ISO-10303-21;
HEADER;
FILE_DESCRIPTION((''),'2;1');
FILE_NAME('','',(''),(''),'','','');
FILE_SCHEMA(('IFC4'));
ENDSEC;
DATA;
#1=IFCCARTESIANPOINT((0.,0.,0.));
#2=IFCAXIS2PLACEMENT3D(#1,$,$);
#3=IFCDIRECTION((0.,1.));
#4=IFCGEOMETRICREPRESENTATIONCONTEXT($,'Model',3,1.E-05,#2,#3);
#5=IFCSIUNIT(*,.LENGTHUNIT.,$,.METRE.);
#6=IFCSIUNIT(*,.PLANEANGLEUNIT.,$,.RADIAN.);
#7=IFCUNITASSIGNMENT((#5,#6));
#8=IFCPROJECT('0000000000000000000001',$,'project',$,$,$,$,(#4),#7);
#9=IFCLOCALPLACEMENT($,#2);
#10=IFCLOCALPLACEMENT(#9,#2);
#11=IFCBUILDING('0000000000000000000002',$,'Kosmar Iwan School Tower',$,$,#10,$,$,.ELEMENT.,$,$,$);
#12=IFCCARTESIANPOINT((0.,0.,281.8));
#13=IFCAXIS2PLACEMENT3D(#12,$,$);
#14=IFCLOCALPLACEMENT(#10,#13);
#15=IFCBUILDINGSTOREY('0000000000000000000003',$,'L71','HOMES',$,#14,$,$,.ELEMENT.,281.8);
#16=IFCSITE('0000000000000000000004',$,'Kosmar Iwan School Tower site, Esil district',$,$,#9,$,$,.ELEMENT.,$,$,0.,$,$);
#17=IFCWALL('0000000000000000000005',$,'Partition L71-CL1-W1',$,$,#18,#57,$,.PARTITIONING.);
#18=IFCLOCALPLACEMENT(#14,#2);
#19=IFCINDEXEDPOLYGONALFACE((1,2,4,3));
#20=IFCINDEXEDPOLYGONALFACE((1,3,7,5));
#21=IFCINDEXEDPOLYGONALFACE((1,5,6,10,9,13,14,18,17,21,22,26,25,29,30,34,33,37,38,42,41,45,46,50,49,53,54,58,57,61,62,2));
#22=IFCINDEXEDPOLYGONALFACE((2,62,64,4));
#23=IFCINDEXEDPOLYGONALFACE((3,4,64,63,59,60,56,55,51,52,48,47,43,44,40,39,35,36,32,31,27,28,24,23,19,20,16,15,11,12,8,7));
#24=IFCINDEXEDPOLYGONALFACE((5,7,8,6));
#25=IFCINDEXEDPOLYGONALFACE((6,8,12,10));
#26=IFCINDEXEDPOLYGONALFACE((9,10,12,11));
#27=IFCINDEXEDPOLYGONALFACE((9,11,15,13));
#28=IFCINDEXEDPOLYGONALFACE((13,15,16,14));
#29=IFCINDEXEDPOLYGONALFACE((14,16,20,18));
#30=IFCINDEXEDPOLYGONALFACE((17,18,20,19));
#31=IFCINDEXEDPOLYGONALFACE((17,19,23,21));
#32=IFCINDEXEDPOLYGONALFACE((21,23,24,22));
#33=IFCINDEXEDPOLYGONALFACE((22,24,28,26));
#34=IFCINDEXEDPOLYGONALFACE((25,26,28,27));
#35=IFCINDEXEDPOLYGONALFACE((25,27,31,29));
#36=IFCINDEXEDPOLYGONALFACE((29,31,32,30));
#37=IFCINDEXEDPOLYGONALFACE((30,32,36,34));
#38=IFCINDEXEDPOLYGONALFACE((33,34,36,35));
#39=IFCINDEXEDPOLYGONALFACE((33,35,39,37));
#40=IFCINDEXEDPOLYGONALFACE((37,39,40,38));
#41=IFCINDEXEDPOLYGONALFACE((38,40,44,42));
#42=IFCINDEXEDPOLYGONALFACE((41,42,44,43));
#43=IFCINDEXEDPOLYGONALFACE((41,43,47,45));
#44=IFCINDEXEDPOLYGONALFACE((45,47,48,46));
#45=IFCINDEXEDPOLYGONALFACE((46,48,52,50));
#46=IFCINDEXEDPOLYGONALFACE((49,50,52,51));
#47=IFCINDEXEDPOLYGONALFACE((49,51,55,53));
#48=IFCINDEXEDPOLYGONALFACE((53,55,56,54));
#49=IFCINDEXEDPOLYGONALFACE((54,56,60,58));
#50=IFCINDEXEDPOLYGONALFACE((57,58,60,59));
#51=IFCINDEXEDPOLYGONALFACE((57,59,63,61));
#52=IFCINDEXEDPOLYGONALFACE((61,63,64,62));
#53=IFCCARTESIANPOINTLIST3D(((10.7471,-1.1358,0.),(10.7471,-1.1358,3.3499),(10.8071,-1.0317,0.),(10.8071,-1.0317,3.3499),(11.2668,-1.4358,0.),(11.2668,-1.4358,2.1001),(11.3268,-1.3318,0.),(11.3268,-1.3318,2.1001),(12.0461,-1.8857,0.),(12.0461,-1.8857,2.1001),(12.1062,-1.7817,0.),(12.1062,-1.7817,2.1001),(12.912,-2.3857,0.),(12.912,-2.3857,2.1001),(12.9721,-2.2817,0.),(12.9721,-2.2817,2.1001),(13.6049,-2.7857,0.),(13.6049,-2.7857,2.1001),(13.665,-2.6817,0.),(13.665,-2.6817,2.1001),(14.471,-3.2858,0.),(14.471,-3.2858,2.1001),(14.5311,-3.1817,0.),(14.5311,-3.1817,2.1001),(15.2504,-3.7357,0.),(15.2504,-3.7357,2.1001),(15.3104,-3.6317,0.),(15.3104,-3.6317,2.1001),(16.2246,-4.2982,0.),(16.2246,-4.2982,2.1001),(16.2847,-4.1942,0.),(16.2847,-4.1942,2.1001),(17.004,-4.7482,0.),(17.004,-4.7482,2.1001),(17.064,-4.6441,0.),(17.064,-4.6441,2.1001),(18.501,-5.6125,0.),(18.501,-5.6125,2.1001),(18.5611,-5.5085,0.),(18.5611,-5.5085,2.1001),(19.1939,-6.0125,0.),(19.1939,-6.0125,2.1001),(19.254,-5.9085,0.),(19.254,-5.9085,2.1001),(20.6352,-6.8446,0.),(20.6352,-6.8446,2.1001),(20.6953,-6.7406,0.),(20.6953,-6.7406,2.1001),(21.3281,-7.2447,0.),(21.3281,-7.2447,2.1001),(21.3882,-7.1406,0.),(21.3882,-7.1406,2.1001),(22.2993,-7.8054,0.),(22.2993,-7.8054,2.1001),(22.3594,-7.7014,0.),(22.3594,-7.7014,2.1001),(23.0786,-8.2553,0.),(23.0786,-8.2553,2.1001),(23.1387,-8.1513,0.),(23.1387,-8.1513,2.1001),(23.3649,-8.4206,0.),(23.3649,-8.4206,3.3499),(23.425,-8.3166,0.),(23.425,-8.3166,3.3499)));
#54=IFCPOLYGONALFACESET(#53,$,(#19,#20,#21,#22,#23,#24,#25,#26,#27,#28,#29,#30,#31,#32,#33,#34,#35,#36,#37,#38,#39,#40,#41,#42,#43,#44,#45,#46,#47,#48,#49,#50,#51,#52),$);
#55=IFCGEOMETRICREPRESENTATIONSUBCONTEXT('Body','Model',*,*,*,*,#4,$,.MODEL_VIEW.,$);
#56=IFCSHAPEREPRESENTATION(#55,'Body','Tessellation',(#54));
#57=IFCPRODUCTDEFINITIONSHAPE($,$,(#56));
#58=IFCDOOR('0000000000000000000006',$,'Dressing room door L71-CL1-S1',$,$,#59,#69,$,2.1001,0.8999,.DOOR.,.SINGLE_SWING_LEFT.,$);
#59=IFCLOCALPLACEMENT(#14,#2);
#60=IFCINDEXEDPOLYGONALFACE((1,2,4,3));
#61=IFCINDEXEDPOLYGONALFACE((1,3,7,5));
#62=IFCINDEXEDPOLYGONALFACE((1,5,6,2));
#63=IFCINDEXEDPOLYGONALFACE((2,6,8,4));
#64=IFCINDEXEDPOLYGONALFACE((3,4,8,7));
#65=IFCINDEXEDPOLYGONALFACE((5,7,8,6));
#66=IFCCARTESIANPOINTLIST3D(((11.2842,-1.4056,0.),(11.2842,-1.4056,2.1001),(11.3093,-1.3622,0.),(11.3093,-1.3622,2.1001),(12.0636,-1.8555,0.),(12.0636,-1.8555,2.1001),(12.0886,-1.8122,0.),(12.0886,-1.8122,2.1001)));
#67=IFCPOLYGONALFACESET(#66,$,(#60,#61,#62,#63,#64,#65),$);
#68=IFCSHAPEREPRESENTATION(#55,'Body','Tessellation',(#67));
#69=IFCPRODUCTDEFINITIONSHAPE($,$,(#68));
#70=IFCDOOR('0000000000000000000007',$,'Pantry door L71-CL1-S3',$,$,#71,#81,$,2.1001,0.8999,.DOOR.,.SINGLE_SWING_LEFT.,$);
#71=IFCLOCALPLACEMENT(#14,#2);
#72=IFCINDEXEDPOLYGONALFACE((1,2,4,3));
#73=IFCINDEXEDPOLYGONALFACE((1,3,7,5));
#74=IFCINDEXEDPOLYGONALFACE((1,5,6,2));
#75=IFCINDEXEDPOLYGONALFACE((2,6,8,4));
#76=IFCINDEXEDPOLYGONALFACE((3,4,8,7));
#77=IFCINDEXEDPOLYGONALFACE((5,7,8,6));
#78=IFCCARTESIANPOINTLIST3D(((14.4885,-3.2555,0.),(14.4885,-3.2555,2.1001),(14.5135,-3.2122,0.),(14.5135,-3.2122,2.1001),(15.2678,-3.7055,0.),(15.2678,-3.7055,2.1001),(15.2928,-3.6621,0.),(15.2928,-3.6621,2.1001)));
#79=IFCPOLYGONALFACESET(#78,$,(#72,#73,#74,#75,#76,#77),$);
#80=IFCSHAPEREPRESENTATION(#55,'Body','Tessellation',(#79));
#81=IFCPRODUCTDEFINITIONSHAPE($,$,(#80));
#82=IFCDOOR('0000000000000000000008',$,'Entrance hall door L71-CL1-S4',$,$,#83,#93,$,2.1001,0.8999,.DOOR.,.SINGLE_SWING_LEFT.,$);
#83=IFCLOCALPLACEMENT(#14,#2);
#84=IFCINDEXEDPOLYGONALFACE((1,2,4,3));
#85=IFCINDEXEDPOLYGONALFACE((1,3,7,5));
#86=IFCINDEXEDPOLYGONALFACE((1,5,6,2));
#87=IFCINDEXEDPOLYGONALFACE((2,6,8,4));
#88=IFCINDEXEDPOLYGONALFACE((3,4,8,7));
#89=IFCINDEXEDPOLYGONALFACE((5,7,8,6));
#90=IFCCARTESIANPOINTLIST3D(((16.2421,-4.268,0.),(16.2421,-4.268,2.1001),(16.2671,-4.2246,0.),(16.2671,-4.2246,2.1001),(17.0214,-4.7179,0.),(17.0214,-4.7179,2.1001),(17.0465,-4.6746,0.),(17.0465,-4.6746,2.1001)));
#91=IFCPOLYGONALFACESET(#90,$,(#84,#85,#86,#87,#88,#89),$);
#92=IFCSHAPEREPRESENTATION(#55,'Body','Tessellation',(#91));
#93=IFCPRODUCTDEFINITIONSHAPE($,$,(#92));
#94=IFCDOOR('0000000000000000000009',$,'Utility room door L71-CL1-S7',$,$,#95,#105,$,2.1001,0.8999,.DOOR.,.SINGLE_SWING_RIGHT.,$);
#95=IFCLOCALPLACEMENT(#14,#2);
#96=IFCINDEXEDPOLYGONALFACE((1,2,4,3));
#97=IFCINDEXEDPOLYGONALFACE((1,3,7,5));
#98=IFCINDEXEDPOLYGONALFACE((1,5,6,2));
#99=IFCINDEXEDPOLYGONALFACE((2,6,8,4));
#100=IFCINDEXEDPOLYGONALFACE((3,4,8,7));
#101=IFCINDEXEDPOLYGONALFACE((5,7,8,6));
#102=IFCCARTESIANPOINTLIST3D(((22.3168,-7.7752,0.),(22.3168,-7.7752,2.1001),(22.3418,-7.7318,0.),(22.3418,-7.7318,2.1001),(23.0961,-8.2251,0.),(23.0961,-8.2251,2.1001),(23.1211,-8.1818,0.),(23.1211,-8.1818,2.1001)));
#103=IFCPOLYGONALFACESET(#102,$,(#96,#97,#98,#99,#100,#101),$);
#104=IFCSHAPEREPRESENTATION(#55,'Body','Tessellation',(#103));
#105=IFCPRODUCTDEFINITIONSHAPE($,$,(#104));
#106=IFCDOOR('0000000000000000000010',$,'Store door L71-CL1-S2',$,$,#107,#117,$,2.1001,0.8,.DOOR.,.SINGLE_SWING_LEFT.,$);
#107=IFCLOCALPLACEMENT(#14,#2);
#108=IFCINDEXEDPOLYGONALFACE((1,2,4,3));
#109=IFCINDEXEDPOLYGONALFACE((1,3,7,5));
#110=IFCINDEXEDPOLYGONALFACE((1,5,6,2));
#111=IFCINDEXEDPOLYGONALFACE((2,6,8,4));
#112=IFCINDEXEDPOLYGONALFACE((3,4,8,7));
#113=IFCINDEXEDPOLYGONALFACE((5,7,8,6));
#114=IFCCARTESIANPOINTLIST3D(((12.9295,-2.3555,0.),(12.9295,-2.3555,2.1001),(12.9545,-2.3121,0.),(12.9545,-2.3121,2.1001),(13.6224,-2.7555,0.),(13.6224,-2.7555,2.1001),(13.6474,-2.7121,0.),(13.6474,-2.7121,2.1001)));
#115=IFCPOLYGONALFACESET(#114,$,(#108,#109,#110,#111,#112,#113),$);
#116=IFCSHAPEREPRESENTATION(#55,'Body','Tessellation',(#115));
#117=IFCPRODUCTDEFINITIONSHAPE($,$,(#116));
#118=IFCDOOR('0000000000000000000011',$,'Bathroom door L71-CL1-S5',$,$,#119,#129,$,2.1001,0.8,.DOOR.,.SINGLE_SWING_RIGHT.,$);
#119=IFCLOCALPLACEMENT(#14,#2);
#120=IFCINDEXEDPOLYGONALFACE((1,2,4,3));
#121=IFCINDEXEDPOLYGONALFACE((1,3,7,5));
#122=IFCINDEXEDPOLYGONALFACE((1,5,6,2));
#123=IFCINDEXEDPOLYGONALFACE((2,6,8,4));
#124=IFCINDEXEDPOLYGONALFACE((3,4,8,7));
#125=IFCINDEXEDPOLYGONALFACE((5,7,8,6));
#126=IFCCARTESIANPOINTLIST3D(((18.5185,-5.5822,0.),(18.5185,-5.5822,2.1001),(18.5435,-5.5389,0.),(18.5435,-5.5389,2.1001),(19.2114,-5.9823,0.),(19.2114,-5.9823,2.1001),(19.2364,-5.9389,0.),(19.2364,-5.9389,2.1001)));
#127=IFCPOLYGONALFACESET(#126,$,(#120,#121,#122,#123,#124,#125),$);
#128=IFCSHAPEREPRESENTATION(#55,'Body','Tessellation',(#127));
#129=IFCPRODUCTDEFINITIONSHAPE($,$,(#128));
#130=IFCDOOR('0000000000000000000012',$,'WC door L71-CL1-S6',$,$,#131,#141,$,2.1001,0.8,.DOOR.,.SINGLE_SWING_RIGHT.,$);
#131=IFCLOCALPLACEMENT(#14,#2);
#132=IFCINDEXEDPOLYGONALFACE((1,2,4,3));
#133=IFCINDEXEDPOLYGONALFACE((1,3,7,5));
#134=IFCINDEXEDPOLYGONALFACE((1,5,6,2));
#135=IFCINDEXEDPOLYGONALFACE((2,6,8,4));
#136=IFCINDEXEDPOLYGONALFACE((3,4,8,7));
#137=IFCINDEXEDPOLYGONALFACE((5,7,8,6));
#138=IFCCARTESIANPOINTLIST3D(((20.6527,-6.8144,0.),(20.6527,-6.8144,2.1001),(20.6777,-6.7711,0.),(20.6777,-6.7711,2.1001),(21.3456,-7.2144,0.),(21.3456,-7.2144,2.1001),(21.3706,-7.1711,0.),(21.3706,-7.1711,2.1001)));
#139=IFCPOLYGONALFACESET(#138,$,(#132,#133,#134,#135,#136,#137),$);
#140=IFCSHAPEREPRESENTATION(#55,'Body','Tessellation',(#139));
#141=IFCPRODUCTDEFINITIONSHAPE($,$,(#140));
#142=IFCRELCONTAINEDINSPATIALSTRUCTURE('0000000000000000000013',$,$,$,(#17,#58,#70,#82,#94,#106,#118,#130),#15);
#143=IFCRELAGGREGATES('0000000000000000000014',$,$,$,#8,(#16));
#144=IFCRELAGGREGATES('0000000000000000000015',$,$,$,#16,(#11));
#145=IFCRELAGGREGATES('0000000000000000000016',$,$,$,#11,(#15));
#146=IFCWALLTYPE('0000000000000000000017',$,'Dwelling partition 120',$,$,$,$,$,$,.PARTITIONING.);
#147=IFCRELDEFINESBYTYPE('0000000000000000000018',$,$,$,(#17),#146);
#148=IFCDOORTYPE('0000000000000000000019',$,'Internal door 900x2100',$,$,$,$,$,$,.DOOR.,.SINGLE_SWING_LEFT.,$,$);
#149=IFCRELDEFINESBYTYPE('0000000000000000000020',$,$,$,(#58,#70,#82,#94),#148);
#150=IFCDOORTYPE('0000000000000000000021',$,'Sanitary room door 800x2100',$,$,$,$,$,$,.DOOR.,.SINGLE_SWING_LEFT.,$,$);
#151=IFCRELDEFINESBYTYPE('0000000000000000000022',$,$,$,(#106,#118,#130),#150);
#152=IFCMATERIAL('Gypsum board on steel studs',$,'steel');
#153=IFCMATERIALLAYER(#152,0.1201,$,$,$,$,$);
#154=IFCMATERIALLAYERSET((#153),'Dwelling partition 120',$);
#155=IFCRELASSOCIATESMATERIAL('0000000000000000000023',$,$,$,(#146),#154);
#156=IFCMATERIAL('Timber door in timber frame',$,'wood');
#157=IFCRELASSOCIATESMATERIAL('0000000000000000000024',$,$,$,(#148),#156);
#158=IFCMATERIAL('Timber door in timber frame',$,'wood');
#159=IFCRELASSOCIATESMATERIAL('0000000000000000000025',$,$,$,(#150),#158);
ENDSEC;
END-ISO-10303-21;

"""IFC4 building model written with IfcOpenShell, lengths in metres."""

from ifc_helpers import new_model, si_unit, direction, frame, frame_2d, origin, place, context, subcontext, project, spatial, rectangle, extrude, material, layer, layer_set, type_object, element, fill, save


model = new_model("IFC4")

# Units and contexts
model_context = context("Model", 3, precision=1e-05, world=origin(), true_north=direction((0.0, 1.0)))
body_context = subcontext(model_context, "Body", "Model", "MODEL_VIEW")
ifc_project = project(units=[si_unit("LENGTHUNIT", "METRE"), si_unit("PLANEANGLEUNIT", "RADIAN")], contexts=[model_context])

# Site, building, storey
site_placement = place(None, origin())
site = spatial("IfcSite", under=ifc_project, at=site_placement, Name="Kosmar Iwan School Tower site, Esil district", CompositionType="ELEMENT", RefElevation=0.0)
building_placement = place(site_placement, origin())
building = spatial("IfcBuilding", under=site, at=building_placement, Name="Kosmar Iwan School Tower", CompositionType="ELEMENT")
storey_placement = place(building_placement, frame((0.0, 0.0, 281.8)))
storey = spatial("IfcBuildingStorey", under=building, at=storey_placement, Name="L71", Description="HOMES", CompositionType="ELEMENT", Elevation=281.8)

# Wall, openings, doors
ifc_material_1 = material(Name="Gypsum board on steel studs", Category="steel")
ifc_layer_1 = layer(ifc_material_1, 0.1201)
ifc_layer_set_1 = layer_set([ifc_layer_1], Name="Dwelling partition 120")
wall_type_1 = type_object("IfcWallType", Name="Dwelling partition 120", PredefinedType="PARTITIONING", material=ifc_layer_set_1)
wall_1_placement = place(storey_placement, frame((10.7771, -1.0837, 0.0), z_axis=(0.0, 0.0, 1.0), x_axis=(0.866027, -0.499998, 0.0)))
wall_1 = element("IfcWall", 1, at=wall_1_placement, inside=storey, type_object=wall_type_1, Name="Partition L71-CL1-W1", PredefinedType="PARTITIONING", context=body_context, shape_type="SweptSolid", body=[
    extrude(rectangle(XDim=14.5698, YDim=0.1201, at=frame_2d((7.2849, 0.0))), origin(), (0.0, 0.0, 1.0), 3.3499),
])
opening_1_placement = place(wall_1_placement, frame((0.6001, 0.0, 0.0)))
opening_1 = element("IfcOpeningElement", 2, at=opening_1_placement, cuts=wall_1, PredefinedType="OPENING", context=body_context, shape_type="SweptSolid", body=[
    extrude(rectangle(XDim=0.8999, YDim=2.1001, at=frame_2d((0.45, 1.05))), frame((0.0, 0.072, 0.0), z_axis=(0.0, -1.0, 0.0), x_axis=(1.0, 0.0, 0.0)), (0.0, 0.0, 1.0), 0.144),
])
opening_2_placement = place(wall_1_placement, frame((2.5, 0.0, 0.0)))
opening_2 = element("IfcOpeningElement", 3, at=opening_2_placement, cuts=wall_1, PredefinedType="OPENING", context=body_context, shape_type="SweptSolid", body=[
    extrude(rectangle(XDim=0.8, YDim=2.1001, at=frame_2d((0.3999, 1.05))), frame((0.0, 0.072, 0.0), z_axis=(0.0, -1.0, 0.0), x_axis=(1.0, 0.0, 0.0)), (0.0, 0.0, 1.0), 0.144),
])
opening_3_placement = place(wall_1_placement, frame((4.3, 0.0, 0.0)))
opening_3 = element("IfcOpeningElement", 4, at=opening_3_placement, cuts=wall_1, PredefinedType="OPENING", context=body_context, shape_type="SweptSolid", body=[
    extrude(rectangle(XDim=0.8999, YDim=2.1001, at=frame_2d((0.45, 1.05))), frame((0.0, 0.072, 0.0), z_axis=(0.0, -1.0, 0.0), x_axis=(1.0, 0.0, 0.0)), (0.0, 0.0, 1.0), 0.144),
])
opening_4_placement = place(wall_1_placement, frame((6.325, 0.0, 0.0)))
opening_4 = element("IfcOpeningElement", 5, at=opening_4_placement, cuts=wall_1, PredefinedType="OPENING", context=body_context, shape_type="SweptSolid", body=[
    extrude(rectangle(XDim=0.8999, YDim=2.1001, at=frame_2d((0.45, 1.05))), frame((0.0, 0.072, 0.0), z_axis=(0.0, -1.0, 0.0), x_axis=(1.0, 0.0, 0.0)), (0.0, 0.0, 1.0), 0.144),
])
opening_5_placement = place(wall_1_placement, frame((8.9536, 0.0, 0.0)))
opening_5 = element("IfcOpeningElement", 6, at=opening_5_placement, cuts=wall_1, PredefinedType="OPENING", context=body_context, shape_type="SweptSolid", body=[
    extrude(rectangle(XDim=0.8, YDim=2.1001, at=frame_2d((0.3999, 1.05))), frame((0.0, 0.072, 0.0), z_axis=(0.0, -1.0, 0.0), x_axis=(1.0, 0.0, 0.0)), (0.0, 0.0, 1.0), 0.144),
])
opening_6_placement = place(wall_1_placement, frame((11.418, 0.0, 0.0)))
opening_6 = element("IfcOpeningElement", 7, at=opening_6_placement, cuts=wall_1, PredefinedType="OPENING", context=body_context, shape_type="SweptSolid", body=[
    extrude(rectangle(XDim=0.8, YDim=2.1001, at=frame_2d((0.3999, 1.05))), frame((0.0, 0.072, 0.0), z_axis=(0.0, -1.0, 0.0), x_axis=(1.0, 0.0, 0.0)), (0.0, 0.0, 1.0), 0.144),
])
opening_7_placement = place(wall_1_placement, frame((13.3394, 0.0, 0.0)))
opening_7 = element("IfcOpeningElement", 8, at=opening_7_placement, cuts=wall_1, PredefinedType="OPENING", context=body_context, shape_type="SweptSolid", body=[
    extrude(rectangle(XDim=0.8999, YDim=2.1001, at=frame_2d((0.45, 1.05))), frame((0.0, 0.072, 0.0), z_axis=(0.0, -1.0, 0.0), x_axis=(1.0, 0.0, 0.0)), (0.0, 0.0, 1.0), 0.144),
])
ifc_material_2 = material(Name="Timber door in timber frame", Category="wood")
door_type_1 = type_object("IfcDoorType", Name="Internal door 900x2100", OperationType="SINGLE_SWING_LEFT", PredefinedType="DOOR", material=ifc_material_2)
door_1_placement = place(opening_1_placement, origin())
door_1 = element("IfcDoor", 9, at=door_1_placement, inside=storey, type_object=door_type_1, Name="Dressing room door L71-CL1-S1", OperationType="SINGLE_SWING_LEFT", OverallHeight=2.1001, OverallWidth=0.8999, PredefinedType="DOOR", context=body_context, shape_type="SweptSolid", body=[
    extrude(rectangle(XDim=0.8999, YDim=2.1001, at=frame_2d((0.45, 1.05))), frame((0.0, 0.0249, 0.0), z_axis=(0.0, -1.0, 0.0), x_axis=(1.0, 0.0, 0.0)), (0.0, 0.0, 1.0), 0.05),
])
fill(opening_1, door_1)
door_2_placement = place(opening_3_placement, origin())
door_2 = element("IfcDoor", 10, at=door_2_placement, inside=storey, type_object=door_type_1, Name="Pantry door L71-CL1-S3", OperationType="SINGLE_SWING_LEFT", OverallHeight=2.1001, OverallWidth=0.8999, PredefinedType="DOOR", context=body_context, shape_type="SweptSolid", body=[
    extrude(rectangle(XDim=0.8999, YDim=2.1001, at=frame_2d((0.45, 1.05))), frame((0.0, 0.0249, 0.0), z_axis=(0.0, -1.0, 0.0), x_axis=(1.0, 0.0, 0.0)), (0.0, 0.0, 1.0), 0.05),
])
fill(opening_3, door_2)
door_3_placement = place(opening_4_placement, origin())
door_3 = element("IfcDoor", 11, at=door_3_placement, inside=storey, type_object=door_type_1, Name="Entrance hall door L71-CL1-S4", OperationType="SINGLE_SWING_LEFT", OverallHeight=2.1001, OverallWidth=0.8999, PredefinedType="DOOR", context=body_context, shape_type="SweptSolid", body=[
    extrude(rectangle(XDim=0.8999, YDim=2.1001, at=frame_2d((0.45, 1.05))), frame((0.0, 0.0249, 0.0), z_axis=(0.0, -1.0, 0.0), x_axis=(1.0, 0.0, 0.0)), (0.0, 0.0, 1.0), 0.05),
])
fill(opening_4, door_3)
door_4_placement = place(opening_7_placement, origin())
door_4 = element("IfcDoor", 12, at=door_4_placement, inside=storey, type_object=door_type_1, Name="Utility room door L71-CL1-S7", OperationType="SINGLE_SWING_RIGHT", OverallHeight=2.1001, OverallWidth=0.8999, PredefinedType="DOOR", context=body_context, shape_type="SweptSolid", body=[
    extrude(rectangle(XDim=0.8999, YDim=2.1001, at=frame_2d((0.45, 1.05))), frame((0.0, 0.0249, 0.0), z_axis=(0.0, -1.0, 0.0), x_axis=(1.0, 0.0, 0.0)), (0.0, 0.0, 1.0), 0.05),
])
fill(opening_7, door_4)
ifc_material_3 = material(Name="Timber door in timber frame", Category="wood")
door_type_2 = type_object("IfcDoorType", Name="Sanitary room door 800x2100", OperationType="SINGLE_SWING_LEFT", PredefinedType="DOOR", material=ifc_material_3)
door_5_placement = place(opening_2_placement, origin())
door_5 = element("IfcDoor", 13, at=door_5_placement, inside=storey, type_object=door_type_2, Name="Store door L71-CL1-S2", OperationType="SINGLE_SWING_LEFT", OverallHeight=2.1001, OverallWidth=0.8, PredefinedType="DOOR", context=body_context, shape_type="SweptSolid", body=[
    extrude(rectangle(XDim=0.8, YDim=2.1001, at=frame_2d((0.3999, 1.05))), frame((0.0, 0.0249, 0.0), z_axis=(0.0, -1.0, 0.0), x_axis=(1.0, 0.0, 0.0)), (0.0, 0.0, 1.0), 0.05),
])
fill(opening_2, door_5)
door_6_placement = place(opening_5_placement, origin())
door_6 = element("IfcDoor", 14, at=door_6_placement, inside=storey, type_object=door_type_2, Name="Bathroom door L71-CL1-S5", OperationType="SINGLE_SWING_RIGHT", OverallHeight=2.1001, OverallWidth=0.8, PredefinedType="DOOR", context=body_context, shape_type="SweptSolid", body=[
    extrude(rectangle(XDim=0.8, YDim=2.1001, at=frame_2d((0.3999, 1.05))), frame((0.0, 0.0249, 0.0), z_axis=(0.0, -1.0, 0.0), x_axis=(1.0, 0.0, 0.0)), (0.0, 0.0, 1.0), 0.05),
])
fill(opening_5, door_6)
door_7_placement = place(opening_6_placement, origin())
door_7 = element("IfcDoor", 15, at=door_7_placement, inside=storey, type_object=door_type_2, Name="WC door L71-CL1-S6", OperationType="SINGLE_SWING_RIGHT", OverallHeight=2.1001, OverallWidth=0.8, PredefinedType="DOOR", context=body_context, shape_type="SweptSolid", body=[
    extrude(rectangle(XDim=0.8, YDim=2.1001, at=frame_2d((0.3999, 1.05))), frame((0.0, 0.0249, 0.0), z_axis=(0.0, -1.0, 0.0), x_axis=(1.0, 0.0, 0.0)), (0.0, 0.0, 1.0), 0.05),
])
fill(opening_6, door_7)

save(model, "model.ifc")
